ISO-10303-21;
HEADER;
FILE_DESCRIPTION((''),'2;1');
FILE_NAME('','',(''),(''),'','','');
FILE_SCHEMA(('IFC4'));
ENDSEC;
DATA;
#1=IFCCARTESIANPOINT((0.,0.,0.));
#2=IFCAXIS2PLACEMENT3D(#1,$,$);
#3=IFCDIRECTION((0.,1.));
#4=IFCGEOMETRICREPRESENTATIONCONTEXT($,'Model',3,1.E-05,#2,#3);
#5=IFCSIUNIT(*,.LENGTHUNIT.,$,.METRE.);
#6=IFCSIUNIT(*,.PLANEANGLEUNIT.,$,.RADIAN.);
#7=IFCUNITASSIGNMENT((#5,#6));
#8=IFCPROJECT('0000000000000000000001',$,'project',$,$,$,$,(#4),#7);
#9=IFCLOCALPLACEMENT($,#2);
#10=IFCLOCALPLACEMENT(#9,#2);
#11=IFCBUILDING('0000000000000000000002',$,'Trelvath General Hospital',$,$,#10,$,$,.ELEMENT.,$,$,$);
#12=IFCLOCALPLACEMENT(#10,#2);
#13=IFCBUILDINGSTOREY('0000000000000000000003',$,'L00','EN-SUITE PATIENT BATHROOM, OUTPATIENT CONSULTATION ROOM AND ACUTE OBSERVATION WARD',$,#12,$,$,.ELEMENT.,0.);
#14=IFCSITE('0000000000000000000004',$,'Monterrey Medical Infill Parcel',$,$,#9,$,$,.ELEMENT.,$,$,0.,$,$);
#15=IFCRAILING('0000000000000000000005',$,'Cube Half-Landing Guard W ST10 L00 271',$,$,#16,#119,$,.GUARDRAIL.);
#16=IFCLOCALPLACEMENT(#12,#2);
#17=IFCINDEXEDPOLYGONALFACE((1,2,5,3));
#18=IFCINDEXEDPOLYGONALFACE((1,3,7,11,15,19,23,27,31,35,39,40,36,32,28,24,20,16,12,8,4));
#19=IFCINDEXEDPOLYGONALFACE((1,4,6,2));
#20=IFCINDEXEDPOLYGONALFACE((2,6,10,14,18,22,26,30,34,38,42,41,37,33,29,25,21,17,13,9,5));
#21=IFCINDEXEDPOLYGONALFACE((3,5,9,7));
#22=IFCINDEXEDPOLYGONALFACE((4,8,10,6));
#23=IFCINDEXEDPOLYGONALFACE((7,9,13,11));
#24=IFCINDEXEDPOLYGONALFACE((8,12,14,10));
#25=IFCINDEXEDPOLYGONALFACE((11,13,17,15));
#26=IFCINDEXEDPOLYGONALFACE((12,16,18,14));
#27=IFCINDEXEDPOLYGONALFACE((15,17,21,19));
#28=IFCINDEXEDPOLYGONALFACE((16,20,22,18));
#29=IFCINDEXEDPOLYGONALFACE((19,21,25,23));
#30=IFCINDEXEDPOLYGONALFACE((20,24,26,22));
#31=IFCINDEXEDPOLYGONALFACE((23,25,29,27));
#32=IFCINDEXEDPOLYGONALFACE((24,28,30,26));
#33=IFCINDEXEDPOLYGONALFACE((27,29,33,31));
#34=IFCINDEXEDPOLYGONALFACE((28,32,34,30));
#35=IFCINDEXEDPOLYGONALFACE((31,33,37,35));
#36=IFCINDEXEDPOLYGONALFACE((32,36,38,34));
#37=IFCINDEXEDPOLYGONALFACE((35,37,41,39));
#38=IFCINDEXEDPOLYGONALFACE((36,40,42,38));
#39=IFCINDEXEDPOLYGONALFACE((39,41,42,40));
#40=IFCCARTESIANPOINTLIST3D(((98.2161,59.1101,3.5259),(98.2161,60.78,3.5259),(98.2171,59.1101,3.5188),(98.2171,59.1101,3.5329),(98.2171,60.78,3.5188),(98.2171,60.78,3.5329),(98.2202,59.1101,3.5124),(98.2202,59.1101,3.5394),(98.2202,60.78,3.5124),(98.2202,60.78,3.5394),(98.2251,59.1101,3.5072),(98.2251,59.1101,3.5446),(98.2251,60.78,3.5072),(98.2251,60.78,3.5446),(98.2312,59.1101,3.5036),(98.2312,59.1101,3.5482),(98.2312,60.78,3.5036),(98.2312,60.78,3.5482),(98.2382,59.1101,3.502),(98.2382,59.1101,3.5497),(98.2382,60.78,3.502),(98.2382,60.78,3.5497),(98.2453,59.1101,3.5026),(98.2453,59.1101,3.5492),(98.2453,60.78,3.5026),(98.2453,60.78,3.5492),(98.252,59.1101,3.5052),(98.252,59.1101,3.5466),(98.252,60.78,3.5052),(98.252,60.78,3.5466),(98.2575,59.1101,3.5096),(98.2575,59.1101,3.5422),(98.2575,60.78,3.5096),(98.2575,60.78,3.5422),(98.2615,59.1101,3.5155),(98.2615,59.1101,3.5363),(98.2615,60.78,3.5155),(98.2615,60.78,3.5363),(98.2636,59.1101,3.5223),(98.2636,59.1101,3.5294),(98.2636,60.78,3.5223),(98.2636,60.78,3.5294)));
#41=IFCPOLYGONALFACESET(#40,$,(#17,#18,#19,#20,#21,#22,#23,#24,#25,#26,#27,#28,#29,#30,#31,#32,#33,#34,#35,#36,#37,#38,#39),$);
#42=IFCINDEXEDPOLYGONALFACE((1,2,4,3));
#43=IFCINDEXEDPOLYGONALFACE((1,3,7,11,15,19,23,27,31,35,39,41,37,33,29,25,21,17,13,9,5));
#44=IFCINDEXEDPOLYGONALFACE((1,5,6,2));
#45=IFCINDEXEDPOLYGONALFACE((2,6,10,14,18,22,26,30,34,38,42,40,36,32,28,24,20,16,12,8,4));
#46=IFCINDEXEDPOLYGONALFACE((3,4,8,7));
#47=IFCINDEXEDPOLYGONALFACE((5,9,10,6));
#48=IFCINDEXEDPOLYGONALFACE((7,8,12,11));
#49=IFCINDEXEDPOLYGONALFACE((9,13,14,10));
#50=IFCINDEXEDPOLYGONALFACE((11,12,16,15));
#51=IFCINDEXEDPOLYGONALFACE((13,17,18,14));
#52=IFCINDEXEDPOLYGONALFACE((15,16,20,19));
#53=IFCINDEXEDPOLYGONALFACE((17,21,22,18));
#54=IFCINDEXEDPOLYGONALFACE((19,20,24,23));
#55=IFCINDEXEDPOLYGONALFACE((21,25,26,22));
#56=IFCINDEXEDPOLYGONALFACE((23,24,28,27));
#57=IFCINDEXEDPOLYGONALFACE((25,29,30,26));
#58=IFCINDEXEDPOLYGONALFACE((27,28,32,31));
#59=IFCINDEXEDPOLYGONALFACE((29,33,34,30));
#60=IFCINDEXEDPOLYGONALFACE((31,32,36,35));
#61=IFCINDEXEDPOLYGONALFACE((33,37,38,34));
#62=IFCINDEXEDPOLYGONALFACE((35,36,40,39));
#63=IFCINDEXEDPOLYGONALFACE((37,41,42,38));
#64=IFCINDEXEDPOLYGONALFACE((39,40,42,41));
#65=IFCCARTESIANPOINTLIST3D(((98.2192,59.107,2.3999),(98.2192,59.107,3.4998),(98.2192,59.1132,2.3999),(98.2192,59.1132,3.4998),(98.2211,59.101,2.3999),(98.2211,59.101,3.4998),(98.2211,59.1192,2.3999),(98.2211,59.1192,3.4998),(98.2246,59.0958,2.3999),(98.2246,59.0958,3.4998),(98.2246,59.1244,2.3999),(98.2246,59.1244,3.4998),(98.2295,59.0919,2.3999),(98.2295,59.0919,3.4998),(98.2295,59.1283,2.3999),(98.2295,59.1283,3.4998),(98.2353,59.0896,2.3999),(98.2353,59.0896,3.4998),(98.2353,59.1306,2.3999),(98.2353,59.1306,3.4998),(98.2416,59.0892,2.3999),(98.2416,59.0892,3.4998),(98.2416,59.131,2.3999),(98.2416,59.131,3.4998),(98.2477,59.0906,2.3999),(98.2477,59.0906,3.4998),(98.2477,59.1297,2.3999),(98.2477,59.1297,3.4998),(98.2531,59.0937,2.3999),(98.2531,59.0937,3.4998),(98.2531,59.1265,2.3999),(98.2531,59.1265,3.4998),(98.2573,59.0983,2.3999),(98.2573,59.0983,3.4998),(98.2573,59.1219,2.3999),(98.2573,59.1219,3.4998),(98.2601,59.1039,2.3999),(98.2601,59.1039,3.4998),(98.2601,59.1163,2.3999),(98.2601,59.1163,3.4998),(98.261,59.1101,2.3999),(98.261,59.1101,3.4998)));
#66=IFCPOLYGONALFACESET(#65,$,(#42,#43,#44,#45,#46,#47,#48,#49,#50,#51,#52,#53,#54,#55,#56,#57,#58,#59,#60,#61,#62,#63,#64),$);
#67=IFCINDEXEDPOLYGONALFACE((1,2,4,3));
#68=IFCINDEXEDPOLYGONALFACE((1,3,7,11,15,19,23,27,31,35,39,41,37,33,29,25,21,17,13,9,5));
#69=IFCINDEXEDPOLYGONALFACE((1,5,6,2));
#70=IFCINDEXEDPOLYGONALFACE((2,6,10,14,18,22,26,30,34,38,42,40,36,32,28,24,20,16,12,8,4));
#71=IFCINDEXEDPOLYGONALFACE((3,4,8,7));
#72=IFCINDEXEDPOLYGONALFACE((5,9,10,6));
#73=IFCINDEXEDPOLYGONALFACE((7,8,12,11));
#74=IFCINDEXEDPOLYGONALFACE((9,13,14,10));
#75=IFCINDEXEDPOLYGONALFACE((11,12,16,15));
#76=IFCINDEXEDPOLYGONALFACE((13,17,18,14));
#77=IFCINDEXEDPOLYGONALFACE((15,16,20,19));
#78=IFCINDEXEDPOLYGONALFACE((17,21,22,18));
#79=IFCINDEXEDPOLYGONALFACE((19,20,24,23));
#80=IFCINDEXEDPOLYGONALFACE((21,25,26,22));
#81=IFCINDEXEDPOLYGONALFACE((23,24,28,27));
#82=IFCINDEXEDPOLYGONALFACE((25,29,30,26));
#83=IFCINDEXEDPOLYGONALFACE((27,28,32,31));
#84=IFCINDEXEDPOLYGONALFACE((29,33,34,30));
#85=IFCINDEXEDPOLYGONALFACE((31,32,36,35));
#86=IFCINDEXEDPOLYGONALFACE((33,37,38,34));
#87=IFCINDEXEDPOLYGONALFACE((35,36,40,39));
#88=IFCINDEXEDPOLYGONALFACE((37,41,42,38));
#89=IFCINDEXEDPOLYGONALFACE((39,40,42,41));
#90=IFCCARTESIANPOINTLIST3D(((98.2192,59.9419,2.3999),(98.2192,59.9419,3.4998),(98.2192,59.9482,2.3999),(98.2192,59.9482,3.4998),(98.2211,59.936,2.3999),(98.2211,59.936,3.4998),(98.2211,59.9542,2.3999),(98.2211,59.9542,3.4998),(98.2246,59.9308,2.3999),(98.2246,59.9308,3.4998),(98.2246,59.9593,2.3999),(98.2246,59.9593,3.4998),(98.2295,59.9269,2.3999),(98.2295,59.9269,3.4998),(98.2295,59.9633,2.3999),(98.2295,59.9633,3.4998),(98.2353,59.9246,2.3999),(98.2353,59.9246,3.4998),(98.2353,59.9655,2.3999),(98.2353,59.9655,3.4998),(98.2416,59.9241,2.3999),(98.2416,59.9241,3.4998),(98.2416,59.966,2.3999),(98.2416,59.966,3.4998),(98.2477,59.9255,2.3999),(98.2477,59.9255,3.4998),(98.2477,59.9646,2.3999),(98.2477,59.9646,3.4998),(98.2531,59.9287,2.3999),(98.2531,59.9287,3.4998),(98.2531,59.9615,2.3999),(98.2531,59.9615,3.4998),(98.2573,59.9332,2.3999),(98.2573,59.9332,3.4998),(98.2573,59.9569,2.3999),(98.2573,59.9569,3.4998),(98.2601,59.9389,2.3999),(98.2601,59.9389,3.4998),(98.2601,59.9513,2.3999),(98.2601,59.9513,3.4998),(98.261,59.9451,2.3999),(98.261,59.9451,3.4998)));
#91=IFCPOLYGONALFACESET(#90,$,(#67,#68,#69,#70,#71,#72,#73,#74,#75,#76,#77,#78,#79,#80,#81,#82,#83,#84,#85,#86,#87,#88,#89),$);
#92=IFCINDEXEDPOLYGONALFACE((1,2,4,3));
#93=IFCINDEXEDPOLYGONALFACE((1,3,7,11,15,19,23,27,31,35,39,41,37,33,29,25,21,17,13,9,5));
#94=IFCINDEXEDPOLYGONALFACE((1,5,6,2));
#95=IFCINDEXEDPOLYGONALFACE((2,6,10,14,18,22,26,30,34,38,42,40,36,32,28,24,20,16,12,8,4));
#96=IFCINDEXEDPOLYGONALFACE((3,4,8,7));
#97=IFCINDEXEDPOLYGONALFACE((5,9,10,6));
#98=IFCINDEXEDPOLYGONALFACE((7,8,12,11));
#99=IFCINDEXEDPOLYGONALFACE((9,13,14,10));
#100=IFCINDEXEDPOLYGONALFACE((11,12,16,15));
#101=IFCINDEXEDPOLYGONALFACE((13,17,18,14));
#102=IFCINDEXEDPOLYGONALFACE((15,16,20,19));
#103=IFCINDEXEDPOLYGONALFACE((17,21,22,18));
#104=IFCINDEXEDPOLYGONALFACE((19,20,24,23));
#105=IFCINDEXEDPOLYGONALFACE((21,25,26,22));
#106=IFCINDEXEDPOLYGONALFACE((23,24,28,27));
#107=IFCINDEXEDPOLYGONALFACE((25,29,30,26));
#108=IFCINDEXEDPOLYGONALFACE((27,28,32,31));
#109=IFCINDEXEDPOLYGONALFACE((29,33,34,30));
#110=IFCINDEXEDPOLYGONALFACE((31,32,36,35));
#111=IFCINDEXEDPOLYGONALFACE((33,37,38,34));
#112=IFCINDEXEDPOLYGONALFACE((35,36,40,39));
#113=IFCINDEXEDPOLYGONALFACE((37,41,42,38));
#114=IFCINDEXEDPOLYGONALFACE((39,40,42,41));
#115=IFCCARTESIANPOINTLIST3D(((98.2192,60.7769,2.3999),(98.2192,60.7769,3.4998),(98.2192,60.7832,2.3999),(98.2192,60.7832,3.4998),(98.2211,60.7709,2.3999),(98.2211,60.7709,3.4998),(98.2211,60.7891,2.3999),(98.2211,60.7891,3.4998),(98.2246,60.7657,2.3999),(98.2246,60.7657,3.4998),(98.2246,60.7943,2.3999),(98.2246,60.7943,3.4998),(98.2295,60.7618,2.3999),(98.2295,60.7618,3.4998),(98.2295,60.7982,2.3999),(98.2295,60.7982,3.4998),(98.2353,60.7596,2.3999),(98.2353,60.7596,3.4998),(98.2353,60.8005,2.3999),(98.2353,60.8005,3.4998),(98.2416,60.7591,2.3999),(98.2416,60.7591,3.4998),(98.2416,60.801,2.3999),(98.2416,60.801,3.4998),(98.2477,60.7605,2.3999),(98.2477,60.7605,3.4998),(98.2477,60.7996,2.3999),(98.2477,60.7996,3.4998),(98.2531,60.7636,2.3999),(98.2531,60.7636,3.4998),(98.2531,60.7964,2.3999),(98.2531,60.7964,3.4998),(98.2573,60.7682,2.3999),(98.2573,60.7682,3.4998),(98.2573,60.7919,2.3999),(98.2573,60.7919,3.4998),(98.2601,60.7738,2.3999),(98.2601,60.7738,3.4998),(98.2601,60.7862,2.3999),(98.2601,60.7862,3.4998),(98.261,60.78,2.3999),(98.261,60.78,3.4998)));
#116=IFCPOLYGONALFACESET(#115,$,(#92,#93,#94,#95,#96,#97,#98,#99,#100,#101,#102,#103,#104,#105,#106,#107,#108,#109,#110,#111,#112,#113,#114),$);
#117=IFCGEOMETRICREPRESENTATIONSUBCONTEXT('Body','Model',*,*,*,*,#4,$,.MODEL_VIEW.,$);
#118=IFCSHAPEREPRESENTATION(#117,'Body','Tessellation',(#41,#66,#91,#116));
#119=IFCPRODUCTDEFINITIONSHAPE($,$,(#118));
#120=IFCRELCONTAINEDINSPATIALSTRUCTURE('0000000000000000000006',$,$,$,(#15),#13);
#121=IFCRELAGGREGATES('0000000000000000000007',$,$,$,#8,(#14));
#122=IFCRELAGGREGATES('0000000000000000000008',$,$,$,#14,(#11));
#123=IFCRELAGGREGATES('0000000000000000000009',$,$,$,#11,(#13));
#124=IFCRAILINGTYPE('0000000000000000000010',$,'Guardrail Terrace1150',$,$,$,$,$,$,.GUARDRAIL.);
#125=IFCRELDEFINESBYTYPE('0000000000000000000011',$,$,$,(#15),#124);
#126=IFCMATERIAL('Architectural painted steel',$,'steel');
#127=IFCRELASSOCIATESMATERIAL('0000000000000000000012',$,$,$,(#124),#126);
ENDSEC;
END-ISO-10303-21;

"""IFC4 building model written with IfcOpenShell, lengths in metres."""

from ifc_helpers import new_model, si_unit, direction, frame, origin, origin_2d, place, context, subcontext, project, spatial, circle, extrude, material, type_object, element, save


model = new_model("IFC4")

# Units and contexts
model_context = context("Model", 3, precision=1e-05, world=origin(), true_north=direction((0.0, 1.0)))
body_context = subcontext(model_context, "Body", "Model", "MODEL_VIEW")
ifc_project = project(units=[si_unit("LENGTHUNIT", "METRE"), si_unit("PLANEANGLEUNIT", "RADIAN")], contexts=[model_context])

# Site, building, storey
site_placement = place(None, origin())
site = spatial("IfcSite", under=ifc_project, at=site_placement, Name="Monterrey Medical Infill Parcel", CompositionType="ELEMENT", RefElevation=0.0)
building_placement = place(site_placement, origin())
building = spatial("IfcBuilding", under=site, at=building_placement, Name="Trelvath General Hospital", CompositionType="ELEMENT")
storey_placement = place(building_placement, origin())
storey = spatial("IfcBuildingStorey", under=building, at=storey_placement, Name="L00", Description="EN-SUITE PATIENT BATHROOM, OUTPATIENT CONSULTATION ROOM AND ACUTE OBSERVATION WARD", CompositionType="ELEMENT", Elevation=0.0)

# Railing
ifc_material_1 = material(Name="Architectural painted steel", Category="steel")
railing_type = type_object("IfcRailingType", Name="Guardrail Terrace1150", PredefinedType="GUARDRAIL", material=ifc_material_1)
railing_1_placement = place(storey_placement, frame((98.24, 59.1101, 2.3999)))
element("IfcRailing", 1, at=railing_1_placement, inside=storey, type_object=railing_type, Name="Cube Half-Landing Guard W ST10 L00 271", PredefinedType="GUARDRAIL", context=body_context, shape_type="SweptSolid", body=[
    extrude(circle(Radius=0.0239, at=origin_2d()), frame((0.0, 0.0, 1.126), z_axis=(0.0, 1.0, 0.0), x_axis=(-1.0, 0.0, 0.0)), (0.0, 0.0, 1.0), 1.6699),
    extrude(circle(Radius=0.021, at=origin_2d()), origin(), (0.0, 0.0, 1.0), 1.0999),
    extrude(circle(Radius=0.021, at=origin_2d()), frame((0.0, 0.835, 0.0)), (0.0, 0.0, 1.0), 1.0999),
    extrude(circle(Radius=0.021, at=origin_2d()), frame((0.0, 1.6699, 0.0)), (0.0, 0.0, 1.0), 1.0999),
])

save(model, "model.ifc")
